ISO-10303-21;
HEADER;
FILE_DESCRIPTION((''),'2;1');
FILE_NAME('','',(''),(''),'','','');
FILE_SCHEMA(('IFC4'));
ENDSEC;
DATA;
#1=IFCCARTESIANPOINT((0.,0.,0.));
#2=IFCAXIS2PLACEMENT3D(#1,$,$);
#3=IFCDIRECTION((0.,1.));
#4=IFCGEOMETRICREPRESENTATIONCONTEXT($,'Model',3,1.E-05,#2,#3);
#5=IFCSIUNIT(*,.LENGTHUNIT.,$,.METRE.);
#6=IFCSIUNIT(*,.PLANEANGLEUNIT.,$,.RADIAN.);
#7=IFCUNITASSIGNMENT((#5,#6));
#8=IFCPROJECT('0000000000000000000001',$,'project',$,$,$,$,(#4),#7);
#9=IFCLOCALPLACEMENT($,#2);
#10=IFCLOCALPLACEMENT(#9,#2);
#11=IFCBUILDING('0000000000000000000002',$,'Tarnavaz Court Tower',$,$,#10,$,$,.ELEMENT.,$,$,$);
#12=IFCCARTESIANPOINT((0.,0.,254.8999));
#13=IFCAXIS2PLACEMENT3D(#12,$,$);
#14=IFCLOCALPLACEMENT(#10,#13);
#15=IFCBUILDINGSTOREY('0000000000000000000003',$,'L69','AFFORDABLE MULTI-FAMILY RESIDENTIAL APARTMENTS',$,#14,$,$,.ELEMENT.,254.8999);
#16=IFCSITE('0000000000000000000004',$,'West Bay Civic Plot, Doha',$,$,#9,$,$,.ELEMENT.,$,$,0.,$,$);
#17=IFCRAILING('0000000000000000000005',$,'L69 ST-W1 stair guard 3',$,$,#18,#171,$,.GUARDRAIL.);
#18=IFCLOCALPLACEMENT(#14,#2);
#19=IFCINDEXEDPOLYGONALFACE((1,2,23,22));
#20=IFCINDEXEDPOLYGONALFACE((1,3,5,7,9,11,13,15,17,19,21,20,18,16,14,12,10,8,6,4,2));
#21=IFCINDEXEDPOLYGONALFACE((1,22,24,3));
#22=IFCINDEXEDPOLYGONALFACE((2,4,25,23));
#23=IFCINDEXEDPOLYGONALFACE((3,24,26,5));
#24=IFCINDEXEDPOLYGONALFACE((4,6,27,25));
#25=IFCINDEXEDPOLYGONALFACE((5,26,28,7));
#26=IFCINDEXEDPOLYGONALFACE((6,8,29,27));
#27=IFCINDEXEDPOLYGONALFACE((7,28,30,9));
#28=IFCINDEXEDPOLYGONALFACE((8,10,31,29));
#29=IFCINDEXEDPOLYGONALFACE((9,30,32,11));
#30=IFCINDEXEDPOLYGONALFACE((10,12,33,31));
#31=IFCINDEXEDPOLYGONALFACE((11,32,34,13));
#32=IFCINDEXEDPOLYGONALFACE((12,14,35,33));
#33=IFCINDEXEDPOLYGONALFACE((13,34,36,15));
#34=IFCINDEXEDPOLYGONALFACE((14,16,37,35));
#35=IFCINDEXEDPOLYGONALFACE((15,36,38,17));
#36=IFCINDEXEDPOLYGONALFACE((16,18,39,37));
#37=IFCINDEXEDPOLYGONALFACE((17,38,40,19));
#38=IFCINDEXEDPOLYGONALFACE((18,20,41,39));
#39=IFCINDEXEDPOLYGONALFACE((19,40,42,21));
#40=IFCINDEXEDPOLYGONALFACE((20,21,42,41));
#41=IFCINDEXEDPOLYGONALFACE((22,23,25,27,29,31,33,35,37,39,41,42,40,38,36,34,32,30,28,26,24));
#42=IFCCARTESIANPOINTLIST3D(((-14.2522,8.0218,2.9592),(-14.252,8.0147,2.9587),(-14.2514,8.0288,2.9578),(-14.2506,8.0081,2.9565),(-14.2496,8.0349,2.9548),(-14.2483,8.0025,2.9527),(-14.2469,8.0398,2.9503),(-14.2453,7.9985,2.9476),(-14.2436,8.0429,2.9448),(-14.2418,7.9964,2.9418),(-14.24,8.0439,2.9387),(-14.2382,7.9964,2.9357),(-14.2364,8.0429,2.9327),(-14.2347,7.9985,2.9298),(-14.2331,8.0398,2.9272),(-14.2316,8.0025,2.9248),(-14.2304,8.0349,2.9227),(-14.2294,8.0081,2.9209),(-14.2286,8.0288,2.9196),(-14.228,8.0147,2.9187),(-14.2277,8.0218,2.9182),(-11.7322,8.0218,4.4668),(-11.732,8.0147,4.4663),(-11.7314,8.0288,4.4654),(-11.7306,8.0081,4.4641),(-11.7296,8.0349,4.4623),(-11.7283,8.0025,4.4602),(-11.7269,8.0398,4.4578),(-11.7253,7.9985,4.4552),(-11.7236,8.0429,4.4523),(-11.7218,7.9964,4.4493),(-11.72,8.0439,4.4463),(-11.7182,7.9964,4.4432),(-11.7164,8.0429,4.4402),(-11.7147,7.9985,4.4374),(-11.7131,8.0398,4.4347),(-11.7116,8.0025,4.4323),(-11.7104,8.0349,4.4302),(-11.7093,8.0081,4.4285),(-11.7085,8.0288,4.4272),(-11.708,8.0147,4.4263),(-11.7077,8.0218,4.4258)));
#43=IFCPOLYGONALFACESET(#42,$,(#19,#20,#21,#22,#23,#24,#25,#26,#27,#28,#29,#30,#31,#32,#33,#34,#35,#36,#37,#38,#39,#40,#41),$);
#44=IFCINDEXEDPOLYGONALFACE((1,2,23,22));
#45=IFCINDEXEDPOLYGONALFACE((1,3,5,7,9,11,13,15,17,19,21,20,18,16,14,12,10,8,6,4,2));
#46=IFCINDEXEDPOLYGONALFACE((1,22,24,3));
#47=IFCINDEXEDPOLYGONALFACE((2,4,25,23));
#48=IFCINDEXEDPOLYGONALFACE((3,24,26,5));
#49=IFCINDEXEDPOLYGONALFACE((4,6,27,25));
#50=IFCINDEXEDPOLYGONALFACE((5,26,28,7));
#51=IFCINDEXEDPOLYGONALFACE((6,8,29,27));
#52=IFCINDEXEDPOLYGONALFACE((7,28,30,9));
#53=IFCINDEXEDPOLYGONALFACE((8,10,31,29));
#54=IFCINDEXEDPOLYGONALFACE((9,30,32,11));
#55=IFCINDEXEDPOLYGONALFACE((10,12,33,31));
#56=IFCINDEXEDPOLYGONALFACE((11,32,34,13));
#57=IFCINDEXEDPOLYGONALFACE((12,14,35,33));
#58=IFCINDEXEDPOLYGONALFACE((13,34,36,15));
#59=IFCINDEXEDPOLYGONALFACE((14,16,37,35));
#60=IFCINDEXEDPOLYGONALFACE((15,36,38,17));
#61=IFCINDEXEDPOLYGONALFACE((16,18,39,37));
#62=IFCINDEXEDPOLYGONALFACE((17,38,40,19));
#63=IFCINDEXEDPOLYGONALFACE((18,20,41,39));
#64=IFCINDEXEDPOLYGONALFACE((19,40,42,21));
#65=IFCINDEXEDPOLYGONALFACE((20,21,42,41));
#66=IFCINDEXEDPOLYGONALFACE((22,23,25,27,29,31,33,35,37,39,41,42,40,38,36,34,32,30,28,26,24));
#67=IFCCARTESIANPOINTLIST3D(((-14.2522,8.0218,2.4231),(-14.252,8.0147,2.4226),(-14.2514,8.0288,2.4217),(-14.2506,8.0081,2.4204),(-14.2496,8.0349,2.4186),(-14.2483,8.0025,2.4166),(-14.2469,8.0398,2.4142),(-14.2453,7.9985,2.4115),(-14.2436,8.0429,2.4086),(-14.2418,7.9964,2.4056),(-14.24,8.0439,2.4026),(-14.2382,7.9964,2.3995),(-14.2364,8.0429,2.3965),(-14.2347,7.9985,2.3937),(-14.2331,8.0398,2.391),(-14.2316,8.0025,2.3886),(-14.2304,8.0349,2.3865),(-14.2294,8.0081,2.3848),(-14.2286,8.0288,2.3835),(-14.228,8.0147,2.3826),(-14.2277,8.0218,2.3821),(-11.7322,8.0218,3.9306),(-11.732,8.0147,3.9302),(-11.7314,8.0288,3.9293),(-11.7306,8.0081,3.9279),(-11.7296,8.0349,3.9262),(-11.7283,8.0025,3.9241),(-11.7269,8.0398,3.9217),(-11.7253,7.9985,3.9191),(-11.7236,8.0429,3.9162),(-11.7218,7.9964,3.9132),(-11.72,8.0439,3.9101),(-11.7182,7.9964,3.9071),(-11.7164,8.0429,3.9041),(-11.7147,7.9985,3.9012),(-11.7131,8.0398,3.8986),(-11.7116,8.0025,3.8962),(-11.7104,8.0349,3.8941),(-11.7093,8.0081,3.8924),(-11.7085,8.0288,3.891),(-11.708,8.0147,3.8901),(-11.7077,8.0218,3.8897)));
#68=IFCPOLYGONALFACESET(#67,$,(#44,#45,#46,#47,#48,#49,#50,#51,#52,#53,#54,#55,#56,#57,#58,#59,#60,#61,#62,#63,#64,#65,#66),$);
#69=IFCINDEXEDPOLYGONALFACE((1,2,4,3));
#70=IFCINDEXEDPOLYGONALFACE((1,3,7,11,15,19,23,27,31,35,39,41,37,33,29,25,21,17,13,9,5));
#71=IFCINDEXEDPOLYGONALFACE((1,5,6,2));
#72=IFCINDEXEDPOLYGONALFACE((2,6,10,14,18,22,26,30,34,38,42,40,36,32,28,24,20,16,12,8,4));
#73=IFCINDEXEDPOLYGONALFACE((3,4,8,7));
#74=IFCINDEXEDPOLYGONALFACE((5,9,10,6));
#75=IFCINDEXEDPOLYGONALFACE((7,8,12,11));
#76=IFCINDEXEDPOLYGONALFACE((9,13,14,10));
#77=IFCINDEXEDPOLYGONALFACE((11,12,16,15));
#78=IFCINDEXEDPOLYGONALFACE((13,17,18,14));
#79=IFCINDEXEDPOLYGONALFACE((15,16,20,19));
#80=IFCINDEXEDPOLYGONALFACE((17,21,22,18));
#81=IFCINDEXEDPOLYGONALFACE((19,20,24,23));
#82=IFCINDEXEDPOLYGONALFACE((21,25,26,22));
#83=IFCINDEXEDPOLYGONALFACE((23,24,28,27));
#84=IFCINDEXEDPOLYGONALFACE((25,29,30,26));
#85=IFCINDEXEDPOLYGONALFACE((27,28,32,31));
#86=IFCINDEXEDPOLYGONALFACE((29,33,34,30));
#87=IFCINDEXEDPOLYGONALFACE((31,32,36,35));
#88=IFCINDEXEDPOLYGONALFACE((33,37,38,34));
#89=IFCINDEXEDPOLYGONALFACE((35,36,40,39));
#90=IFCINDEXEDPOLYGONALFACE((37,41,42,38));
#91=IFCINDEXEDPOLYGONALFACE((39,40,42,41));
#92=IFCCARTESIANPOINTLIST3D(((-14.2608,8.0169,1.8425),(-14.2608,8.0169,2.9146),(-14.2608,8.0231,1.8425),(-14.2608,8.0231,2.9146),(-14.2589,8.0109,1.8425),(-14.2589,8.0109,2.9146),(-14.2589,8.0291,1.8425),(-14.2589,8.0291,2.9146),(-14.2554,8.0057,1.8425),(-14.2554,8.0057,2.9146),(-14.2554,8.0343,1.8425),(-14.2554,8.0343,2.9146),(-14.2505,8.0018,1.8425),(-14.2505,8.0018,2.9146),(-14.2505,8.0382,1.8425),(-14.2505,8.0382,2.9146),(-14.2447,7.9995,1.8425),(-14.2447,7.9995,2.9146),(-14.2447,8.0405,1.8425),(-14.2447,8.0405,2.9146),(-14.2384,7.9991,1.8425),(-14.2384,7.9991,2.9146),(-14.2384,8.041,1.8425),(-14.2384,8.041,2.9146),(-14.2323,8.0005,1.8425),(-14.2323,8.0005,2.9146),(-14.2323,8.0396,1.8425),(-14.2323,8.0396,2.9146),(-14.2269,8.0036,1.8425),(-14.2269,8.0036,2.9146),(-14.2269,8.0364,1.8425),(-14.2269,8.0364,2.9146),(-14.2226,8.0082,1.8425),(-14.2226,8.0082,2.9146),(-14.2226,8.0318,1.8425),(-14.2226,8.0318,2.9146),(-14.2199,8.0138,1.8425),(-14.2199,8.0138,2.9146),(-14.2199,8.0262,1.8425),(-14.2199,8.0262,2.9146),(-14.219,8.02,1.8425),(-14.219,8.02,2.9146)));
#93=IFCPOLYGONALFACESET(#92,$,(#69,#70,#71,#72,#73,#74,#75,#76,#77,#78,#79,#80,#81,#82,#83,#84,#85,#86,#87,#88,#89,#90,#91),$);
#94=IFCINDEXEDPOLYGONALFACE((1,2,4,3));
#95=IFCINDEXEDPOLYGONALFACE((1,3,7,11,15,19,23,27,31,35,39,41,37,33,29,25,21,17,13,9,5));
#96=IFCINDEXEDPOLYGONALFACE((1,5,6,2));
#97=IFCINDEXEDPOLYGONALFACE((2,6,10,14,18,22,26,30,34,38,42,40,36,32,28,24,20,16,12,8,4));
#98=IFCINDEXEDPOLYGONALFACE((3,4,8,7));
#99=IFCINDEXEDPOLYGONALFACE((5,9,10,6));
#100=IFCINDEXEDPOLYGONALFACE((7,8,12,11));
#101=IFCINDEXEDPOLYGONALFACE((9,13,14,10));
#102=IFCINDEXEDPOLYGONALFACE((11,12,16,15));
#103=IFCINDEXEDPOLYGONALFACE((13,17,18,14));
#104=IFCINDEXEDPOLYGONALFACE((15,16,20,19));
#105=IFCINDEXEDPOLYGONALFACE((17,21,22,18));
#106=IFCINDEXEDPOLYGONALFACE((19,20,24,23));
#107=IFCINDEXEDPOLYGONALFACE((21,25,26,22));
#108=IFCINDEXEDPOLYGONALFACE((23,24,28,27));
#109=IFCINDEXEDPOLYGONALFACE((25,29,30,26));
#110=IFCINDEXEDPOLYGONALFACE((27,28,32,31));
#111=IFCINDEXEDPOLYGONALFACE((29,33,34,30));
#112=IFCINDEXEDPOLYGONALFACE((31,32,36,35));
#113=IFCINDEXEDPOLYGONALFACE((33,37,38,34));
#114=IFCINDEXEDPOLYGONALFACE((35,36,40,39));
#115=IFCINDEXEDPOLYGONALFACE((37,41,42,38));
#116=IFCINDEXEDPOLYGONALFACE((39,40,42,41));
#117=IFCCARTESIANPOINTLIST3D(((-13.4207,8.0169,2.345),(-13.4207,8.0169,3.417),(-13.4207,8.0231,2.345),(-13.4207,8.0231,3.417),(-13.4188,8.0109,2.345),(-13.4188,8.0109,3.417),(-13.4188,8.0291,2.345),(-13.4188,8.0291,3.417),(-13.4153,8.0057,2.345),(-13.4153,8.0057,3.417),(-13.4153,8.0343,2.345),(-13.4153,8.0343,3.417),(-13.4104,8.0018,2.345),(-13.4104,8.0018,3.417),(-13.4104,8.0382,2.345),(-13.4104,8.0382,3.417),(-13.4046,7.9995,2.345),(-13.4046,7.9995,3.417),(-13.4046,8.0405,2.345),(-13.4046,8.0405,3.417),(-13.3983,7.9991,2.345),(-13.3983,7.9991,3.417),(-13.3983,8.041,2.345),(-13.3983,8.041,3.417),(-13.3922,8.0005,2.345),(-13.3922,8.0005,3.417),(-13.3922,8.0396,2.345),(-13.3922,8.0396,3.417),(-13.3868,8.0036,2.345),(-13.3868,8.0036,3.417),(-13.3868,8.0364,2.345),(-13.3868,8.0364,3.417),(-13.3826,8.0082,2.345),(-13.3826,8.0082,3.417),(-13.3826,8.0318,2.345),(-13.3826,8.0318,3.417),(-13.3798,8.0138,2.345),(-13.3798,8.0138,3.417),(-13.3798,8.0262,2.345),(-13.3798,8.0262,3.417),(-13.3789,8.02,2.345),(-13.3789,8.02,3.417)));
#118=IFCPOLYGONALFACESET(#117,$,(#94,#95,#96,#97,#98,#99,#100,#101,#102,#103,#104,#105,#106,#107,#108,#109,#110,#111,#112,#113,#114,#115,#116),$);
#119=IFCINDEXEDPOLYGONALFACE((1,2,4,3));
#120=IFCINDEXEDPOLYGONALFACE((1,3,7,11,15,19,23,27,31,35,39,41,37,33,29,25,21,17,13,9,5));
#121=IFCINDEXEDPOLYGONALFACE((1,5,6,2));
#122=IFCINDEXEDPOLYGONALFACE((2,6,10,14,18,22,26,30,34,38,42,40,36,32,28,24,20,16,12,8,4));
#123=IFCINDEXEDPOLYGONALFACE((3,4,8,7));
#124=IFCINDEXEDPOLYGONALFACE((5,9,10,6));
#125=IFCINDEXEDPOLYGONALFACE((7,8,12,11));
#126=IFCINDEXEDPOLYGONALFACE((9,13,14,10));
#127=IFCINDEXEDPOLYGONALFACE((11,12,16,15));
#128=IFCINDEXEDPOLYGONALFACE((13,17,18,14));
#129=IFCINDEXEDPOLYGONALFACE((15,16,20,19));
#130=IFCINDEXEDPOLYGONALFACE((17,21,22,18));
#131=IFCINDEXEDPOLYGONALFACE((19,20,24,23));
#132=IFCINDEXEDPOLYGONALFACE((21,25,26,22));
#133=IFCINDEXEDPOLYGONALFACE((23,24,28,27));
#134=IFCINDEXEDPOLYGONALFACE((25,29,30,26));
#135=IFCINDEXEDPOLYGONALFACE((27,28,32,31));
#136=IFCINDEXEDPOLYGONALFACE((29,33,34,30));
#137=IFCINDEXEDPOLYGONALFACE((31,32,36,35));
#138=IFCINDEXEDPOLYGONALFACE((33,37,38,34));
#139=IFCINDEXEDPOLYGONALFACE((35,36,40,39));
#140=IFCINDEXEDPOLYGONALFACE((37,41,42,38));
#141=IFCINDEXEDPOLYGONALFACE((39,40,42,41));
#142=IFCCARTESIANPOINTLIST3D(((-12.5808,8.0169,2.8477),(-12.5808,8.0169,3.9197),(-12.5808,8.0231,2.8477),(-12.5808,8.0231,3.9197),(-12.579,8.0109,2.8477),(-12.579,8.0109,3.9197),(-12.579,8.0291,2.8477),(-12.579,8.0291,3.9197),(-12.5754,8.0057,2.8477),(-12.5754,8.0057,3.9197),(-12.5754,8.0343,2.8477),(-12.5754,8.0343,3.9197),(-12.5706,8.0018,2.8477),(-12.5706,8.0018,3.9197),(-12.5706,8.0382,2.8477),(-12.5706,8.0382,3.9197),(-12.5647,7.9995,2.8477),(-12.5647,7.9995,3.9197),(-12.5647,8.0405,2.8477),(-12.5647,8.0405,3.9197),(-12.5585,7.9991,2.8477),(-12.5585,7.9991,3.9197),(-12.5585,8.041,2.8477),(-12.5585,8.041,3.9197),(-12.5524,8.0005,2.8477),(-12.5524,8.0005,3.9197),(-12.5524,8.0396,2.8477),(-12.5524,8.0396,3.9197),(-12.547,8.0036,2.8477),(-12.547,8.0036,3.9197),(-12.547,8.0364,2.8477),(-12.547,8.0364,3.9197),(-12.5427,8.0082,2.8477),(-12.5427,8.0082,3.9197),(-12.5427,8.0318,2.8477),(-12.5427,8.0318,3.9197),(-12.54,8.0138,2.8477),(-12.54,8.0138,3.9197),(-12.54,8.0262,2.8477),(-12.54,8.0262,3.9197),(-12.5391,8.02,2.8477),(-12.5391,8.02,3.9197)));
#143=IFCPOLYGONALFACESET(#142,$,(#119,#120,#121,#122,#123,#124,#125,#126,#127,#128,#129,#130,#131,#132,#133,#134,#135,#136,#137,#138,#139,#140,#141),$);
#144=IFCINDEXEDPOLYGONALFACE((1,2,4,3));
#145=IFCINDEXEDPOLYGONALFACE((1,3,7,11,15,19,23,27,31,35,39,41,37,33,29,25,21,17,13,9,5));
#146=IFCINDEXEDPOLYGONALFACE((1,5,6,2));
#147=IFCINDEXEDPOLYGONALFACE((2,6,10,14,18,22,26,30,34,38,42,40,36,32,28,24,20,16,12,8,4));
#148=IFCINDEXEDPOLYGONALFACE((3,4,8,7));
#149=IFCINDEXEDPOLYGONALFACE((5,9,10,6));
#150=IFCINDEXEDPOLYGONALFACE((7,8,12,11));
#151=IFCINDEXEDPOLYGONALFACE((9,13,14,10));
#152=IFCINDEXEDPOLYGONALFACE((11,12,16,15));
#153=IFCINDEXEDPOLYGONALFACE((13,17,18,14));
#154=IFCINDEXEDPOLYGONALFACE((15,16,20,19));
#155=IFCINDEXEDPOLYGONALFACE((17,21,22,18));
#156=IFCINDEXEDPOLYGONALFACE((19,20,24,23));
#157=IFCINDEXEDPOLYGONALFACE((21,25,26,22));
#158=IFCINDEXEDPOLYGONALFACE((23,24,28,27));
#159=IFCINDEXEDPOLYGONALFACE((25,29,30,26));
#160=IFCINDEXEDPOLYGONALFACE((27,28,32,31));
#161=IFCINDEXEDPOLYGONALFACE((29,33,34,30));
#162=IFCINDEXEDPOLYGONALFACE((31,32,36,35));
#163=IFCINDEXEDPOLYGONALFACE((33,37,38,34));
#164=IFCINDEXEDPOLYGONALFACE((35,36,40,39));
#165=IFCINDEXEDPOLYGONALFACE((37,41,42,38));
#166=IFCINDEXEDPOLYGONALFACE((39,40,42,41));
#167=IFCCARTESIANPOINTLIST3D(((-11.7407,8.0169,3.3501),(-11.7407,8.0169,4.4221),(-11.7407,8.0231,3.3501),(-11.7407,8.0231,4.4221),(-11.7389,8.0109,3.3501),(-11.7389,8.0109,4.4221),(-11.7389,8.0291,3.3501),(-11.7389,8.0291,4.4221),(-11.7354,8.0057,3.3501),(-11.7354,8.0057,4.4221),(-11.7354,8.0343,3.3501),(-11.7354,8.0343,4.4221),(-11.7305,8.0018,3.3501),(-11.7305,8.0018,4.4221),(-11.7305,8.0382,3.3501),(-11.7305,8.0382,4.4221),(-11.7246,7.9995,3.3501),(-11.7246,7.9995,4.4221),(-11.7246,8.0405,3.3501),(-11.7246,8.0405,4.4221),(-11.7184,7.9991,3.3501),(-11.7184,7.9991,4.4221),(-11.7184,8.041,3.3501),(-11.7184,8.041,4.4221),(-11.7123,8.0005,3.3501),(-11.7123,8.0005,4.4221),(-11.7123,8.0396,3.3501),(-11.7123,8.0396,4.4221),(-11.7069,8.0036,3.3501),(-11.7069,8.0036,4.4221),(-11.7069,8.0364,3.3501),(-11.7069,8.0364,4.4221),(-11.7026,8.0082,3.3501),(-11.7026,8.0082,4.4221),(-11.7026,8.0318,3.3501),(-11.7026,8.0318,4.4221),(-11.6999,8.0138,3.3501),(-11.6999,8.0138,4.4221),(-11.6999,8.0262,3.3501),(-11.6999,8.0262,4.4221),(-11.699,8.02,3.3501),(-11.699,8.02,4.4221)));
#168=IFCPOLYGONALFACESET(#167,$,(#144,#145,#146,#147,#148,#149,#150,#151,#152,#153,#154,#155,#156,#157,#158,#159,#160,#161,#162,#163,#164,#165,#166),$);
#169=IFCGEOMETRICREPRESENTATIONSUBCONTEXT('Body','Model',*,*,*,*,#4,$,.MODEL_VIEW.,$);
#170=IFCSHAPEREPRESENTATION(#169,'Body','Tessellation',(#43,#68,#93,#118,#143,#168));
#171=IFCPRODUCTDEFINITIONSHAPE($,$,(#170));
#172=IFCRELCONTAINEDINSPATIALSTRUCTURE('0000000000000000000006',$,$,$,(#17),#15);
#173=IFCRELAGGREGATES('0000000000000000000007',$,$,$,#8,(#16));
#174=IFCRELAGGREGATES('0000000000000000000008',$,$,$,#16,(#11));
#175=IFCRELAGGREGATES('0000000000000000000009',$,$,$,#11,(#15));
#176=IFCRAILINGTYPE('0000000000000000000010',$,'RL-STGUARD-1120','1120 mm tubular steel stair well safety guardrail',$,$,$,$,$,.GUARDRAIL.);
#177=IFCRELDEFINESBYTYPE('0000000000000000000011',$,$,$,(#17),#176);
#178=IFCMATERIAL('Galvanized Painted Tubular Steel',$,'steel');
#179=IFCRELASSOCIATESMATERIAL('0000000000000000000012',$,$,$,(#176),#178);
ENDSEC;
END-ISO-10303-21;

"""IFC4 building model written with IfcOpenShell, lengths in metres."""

from ifc_helpers import new_model, si_unit, direction, frame, origin, origin_2d, place, context, subcontext, project, spatial, circle, extrude, material, type_object, element, save


model = new_model("IFC4")

# Units and contexts
model_context = context("Model", 3, precision=1e-05, world=origin(), true_north=direction((0.0, 1.0)))
body_context = subcontext(model_context, "Body", "Model", "MODEL_VIEW")
ifc_project = project(units=[si_unit("LENGTHUNIT", "METRE"), si_unit("PLANEANGLEUNIT", "RADIAN")], contexts=[model_context])

# Site, building, storey
site_placement = place(None, origin())
site = spatial("IfcSite", under=ifc_project, at=site_placement, Name="West Bay Civic Plot, Doha", CompositionType="ELEMENT", RefElevation=0.0)
building_placement = place(site_placement, origin())
building = spatial("IfcBuilding", under=site, at=building_placement, Name="Tarnavaz Court Tower", CompositionType="ELEMENT")
storey_placement = place(building_placement, frame((0.0, 0.0, 254.8999)))
storey = spatial("IfcBuildingStorey", under=building, at=storey_placement, Name="L69", Description="AFFORDABLE MULTI-FAMILY RESIDENTIAL APARTMENTS", CompositionType="ELEMENT", Elevation=254.8999)

# Railing
ifc_material_1 = material(Name="Galvanized Painted Tubular Steel", Category="steel")
railing_type_1 = type_object("IfcRailingType", Name="RL-STGUARD-1120", Description="1120 mm tubular steel stair well safety guardrail", PredefinedType="GUARDRAIL", material=ifc_material_1)
railing_1_placement = place(storey_placement, frame((-14.24, 8.02, 1.8425)))
element("IfcRailing", 1, at=railing_1_placement, inside=storey, type_object=railing_type_1, Name="L69 ST-W1 stair guard 3", PredefinedType="GUARDRAIL", context=body_context, shape_type="SweptSolid", body=[
    extrude(circle(Radius=0.0239, at=origin_2d()), frame((0.0, 0.0, 1.0962), z_axis=(0.85816, 0.0, 0.513383), x_axis=(0.0, 1.0, 0.0)), (0.0, 0.0, 1.0), 2.9365),
    extrude(circle(Radius=0.0239, at=origin_2d()), frame((0.0, 0.0, 0.5601), z_axis=(0.85816, 0.0, 0.513383), x_axis=(0.0, 1.0, 0.0)), (0.0, 0.0, 1.0), 2.9365),
    extrude(circle(Radius=0.021, at=origin_2d()), origin(), (0.0, 0.0, 1.0), 1.072),
    extrude(circle(Radius=0.021, at=origin_2d()), frame((0.8401, 0.0, 0.5024)), (0.0, 0.0, 1.0), 1.072),
    extrude(circle(Radius=0.021, at=origin_2d()), frame((1.6799, 0.0, 1.0051)), (0.0, 0.0, 1.0), 1.072),
    extrude(circle(Radius=0.021, at=origin_2d()), frame((2.52, 0.0, 1.5076)), (0.0, 0.0, 1.0), 1.072),
])

save(model, "model.ifc")
